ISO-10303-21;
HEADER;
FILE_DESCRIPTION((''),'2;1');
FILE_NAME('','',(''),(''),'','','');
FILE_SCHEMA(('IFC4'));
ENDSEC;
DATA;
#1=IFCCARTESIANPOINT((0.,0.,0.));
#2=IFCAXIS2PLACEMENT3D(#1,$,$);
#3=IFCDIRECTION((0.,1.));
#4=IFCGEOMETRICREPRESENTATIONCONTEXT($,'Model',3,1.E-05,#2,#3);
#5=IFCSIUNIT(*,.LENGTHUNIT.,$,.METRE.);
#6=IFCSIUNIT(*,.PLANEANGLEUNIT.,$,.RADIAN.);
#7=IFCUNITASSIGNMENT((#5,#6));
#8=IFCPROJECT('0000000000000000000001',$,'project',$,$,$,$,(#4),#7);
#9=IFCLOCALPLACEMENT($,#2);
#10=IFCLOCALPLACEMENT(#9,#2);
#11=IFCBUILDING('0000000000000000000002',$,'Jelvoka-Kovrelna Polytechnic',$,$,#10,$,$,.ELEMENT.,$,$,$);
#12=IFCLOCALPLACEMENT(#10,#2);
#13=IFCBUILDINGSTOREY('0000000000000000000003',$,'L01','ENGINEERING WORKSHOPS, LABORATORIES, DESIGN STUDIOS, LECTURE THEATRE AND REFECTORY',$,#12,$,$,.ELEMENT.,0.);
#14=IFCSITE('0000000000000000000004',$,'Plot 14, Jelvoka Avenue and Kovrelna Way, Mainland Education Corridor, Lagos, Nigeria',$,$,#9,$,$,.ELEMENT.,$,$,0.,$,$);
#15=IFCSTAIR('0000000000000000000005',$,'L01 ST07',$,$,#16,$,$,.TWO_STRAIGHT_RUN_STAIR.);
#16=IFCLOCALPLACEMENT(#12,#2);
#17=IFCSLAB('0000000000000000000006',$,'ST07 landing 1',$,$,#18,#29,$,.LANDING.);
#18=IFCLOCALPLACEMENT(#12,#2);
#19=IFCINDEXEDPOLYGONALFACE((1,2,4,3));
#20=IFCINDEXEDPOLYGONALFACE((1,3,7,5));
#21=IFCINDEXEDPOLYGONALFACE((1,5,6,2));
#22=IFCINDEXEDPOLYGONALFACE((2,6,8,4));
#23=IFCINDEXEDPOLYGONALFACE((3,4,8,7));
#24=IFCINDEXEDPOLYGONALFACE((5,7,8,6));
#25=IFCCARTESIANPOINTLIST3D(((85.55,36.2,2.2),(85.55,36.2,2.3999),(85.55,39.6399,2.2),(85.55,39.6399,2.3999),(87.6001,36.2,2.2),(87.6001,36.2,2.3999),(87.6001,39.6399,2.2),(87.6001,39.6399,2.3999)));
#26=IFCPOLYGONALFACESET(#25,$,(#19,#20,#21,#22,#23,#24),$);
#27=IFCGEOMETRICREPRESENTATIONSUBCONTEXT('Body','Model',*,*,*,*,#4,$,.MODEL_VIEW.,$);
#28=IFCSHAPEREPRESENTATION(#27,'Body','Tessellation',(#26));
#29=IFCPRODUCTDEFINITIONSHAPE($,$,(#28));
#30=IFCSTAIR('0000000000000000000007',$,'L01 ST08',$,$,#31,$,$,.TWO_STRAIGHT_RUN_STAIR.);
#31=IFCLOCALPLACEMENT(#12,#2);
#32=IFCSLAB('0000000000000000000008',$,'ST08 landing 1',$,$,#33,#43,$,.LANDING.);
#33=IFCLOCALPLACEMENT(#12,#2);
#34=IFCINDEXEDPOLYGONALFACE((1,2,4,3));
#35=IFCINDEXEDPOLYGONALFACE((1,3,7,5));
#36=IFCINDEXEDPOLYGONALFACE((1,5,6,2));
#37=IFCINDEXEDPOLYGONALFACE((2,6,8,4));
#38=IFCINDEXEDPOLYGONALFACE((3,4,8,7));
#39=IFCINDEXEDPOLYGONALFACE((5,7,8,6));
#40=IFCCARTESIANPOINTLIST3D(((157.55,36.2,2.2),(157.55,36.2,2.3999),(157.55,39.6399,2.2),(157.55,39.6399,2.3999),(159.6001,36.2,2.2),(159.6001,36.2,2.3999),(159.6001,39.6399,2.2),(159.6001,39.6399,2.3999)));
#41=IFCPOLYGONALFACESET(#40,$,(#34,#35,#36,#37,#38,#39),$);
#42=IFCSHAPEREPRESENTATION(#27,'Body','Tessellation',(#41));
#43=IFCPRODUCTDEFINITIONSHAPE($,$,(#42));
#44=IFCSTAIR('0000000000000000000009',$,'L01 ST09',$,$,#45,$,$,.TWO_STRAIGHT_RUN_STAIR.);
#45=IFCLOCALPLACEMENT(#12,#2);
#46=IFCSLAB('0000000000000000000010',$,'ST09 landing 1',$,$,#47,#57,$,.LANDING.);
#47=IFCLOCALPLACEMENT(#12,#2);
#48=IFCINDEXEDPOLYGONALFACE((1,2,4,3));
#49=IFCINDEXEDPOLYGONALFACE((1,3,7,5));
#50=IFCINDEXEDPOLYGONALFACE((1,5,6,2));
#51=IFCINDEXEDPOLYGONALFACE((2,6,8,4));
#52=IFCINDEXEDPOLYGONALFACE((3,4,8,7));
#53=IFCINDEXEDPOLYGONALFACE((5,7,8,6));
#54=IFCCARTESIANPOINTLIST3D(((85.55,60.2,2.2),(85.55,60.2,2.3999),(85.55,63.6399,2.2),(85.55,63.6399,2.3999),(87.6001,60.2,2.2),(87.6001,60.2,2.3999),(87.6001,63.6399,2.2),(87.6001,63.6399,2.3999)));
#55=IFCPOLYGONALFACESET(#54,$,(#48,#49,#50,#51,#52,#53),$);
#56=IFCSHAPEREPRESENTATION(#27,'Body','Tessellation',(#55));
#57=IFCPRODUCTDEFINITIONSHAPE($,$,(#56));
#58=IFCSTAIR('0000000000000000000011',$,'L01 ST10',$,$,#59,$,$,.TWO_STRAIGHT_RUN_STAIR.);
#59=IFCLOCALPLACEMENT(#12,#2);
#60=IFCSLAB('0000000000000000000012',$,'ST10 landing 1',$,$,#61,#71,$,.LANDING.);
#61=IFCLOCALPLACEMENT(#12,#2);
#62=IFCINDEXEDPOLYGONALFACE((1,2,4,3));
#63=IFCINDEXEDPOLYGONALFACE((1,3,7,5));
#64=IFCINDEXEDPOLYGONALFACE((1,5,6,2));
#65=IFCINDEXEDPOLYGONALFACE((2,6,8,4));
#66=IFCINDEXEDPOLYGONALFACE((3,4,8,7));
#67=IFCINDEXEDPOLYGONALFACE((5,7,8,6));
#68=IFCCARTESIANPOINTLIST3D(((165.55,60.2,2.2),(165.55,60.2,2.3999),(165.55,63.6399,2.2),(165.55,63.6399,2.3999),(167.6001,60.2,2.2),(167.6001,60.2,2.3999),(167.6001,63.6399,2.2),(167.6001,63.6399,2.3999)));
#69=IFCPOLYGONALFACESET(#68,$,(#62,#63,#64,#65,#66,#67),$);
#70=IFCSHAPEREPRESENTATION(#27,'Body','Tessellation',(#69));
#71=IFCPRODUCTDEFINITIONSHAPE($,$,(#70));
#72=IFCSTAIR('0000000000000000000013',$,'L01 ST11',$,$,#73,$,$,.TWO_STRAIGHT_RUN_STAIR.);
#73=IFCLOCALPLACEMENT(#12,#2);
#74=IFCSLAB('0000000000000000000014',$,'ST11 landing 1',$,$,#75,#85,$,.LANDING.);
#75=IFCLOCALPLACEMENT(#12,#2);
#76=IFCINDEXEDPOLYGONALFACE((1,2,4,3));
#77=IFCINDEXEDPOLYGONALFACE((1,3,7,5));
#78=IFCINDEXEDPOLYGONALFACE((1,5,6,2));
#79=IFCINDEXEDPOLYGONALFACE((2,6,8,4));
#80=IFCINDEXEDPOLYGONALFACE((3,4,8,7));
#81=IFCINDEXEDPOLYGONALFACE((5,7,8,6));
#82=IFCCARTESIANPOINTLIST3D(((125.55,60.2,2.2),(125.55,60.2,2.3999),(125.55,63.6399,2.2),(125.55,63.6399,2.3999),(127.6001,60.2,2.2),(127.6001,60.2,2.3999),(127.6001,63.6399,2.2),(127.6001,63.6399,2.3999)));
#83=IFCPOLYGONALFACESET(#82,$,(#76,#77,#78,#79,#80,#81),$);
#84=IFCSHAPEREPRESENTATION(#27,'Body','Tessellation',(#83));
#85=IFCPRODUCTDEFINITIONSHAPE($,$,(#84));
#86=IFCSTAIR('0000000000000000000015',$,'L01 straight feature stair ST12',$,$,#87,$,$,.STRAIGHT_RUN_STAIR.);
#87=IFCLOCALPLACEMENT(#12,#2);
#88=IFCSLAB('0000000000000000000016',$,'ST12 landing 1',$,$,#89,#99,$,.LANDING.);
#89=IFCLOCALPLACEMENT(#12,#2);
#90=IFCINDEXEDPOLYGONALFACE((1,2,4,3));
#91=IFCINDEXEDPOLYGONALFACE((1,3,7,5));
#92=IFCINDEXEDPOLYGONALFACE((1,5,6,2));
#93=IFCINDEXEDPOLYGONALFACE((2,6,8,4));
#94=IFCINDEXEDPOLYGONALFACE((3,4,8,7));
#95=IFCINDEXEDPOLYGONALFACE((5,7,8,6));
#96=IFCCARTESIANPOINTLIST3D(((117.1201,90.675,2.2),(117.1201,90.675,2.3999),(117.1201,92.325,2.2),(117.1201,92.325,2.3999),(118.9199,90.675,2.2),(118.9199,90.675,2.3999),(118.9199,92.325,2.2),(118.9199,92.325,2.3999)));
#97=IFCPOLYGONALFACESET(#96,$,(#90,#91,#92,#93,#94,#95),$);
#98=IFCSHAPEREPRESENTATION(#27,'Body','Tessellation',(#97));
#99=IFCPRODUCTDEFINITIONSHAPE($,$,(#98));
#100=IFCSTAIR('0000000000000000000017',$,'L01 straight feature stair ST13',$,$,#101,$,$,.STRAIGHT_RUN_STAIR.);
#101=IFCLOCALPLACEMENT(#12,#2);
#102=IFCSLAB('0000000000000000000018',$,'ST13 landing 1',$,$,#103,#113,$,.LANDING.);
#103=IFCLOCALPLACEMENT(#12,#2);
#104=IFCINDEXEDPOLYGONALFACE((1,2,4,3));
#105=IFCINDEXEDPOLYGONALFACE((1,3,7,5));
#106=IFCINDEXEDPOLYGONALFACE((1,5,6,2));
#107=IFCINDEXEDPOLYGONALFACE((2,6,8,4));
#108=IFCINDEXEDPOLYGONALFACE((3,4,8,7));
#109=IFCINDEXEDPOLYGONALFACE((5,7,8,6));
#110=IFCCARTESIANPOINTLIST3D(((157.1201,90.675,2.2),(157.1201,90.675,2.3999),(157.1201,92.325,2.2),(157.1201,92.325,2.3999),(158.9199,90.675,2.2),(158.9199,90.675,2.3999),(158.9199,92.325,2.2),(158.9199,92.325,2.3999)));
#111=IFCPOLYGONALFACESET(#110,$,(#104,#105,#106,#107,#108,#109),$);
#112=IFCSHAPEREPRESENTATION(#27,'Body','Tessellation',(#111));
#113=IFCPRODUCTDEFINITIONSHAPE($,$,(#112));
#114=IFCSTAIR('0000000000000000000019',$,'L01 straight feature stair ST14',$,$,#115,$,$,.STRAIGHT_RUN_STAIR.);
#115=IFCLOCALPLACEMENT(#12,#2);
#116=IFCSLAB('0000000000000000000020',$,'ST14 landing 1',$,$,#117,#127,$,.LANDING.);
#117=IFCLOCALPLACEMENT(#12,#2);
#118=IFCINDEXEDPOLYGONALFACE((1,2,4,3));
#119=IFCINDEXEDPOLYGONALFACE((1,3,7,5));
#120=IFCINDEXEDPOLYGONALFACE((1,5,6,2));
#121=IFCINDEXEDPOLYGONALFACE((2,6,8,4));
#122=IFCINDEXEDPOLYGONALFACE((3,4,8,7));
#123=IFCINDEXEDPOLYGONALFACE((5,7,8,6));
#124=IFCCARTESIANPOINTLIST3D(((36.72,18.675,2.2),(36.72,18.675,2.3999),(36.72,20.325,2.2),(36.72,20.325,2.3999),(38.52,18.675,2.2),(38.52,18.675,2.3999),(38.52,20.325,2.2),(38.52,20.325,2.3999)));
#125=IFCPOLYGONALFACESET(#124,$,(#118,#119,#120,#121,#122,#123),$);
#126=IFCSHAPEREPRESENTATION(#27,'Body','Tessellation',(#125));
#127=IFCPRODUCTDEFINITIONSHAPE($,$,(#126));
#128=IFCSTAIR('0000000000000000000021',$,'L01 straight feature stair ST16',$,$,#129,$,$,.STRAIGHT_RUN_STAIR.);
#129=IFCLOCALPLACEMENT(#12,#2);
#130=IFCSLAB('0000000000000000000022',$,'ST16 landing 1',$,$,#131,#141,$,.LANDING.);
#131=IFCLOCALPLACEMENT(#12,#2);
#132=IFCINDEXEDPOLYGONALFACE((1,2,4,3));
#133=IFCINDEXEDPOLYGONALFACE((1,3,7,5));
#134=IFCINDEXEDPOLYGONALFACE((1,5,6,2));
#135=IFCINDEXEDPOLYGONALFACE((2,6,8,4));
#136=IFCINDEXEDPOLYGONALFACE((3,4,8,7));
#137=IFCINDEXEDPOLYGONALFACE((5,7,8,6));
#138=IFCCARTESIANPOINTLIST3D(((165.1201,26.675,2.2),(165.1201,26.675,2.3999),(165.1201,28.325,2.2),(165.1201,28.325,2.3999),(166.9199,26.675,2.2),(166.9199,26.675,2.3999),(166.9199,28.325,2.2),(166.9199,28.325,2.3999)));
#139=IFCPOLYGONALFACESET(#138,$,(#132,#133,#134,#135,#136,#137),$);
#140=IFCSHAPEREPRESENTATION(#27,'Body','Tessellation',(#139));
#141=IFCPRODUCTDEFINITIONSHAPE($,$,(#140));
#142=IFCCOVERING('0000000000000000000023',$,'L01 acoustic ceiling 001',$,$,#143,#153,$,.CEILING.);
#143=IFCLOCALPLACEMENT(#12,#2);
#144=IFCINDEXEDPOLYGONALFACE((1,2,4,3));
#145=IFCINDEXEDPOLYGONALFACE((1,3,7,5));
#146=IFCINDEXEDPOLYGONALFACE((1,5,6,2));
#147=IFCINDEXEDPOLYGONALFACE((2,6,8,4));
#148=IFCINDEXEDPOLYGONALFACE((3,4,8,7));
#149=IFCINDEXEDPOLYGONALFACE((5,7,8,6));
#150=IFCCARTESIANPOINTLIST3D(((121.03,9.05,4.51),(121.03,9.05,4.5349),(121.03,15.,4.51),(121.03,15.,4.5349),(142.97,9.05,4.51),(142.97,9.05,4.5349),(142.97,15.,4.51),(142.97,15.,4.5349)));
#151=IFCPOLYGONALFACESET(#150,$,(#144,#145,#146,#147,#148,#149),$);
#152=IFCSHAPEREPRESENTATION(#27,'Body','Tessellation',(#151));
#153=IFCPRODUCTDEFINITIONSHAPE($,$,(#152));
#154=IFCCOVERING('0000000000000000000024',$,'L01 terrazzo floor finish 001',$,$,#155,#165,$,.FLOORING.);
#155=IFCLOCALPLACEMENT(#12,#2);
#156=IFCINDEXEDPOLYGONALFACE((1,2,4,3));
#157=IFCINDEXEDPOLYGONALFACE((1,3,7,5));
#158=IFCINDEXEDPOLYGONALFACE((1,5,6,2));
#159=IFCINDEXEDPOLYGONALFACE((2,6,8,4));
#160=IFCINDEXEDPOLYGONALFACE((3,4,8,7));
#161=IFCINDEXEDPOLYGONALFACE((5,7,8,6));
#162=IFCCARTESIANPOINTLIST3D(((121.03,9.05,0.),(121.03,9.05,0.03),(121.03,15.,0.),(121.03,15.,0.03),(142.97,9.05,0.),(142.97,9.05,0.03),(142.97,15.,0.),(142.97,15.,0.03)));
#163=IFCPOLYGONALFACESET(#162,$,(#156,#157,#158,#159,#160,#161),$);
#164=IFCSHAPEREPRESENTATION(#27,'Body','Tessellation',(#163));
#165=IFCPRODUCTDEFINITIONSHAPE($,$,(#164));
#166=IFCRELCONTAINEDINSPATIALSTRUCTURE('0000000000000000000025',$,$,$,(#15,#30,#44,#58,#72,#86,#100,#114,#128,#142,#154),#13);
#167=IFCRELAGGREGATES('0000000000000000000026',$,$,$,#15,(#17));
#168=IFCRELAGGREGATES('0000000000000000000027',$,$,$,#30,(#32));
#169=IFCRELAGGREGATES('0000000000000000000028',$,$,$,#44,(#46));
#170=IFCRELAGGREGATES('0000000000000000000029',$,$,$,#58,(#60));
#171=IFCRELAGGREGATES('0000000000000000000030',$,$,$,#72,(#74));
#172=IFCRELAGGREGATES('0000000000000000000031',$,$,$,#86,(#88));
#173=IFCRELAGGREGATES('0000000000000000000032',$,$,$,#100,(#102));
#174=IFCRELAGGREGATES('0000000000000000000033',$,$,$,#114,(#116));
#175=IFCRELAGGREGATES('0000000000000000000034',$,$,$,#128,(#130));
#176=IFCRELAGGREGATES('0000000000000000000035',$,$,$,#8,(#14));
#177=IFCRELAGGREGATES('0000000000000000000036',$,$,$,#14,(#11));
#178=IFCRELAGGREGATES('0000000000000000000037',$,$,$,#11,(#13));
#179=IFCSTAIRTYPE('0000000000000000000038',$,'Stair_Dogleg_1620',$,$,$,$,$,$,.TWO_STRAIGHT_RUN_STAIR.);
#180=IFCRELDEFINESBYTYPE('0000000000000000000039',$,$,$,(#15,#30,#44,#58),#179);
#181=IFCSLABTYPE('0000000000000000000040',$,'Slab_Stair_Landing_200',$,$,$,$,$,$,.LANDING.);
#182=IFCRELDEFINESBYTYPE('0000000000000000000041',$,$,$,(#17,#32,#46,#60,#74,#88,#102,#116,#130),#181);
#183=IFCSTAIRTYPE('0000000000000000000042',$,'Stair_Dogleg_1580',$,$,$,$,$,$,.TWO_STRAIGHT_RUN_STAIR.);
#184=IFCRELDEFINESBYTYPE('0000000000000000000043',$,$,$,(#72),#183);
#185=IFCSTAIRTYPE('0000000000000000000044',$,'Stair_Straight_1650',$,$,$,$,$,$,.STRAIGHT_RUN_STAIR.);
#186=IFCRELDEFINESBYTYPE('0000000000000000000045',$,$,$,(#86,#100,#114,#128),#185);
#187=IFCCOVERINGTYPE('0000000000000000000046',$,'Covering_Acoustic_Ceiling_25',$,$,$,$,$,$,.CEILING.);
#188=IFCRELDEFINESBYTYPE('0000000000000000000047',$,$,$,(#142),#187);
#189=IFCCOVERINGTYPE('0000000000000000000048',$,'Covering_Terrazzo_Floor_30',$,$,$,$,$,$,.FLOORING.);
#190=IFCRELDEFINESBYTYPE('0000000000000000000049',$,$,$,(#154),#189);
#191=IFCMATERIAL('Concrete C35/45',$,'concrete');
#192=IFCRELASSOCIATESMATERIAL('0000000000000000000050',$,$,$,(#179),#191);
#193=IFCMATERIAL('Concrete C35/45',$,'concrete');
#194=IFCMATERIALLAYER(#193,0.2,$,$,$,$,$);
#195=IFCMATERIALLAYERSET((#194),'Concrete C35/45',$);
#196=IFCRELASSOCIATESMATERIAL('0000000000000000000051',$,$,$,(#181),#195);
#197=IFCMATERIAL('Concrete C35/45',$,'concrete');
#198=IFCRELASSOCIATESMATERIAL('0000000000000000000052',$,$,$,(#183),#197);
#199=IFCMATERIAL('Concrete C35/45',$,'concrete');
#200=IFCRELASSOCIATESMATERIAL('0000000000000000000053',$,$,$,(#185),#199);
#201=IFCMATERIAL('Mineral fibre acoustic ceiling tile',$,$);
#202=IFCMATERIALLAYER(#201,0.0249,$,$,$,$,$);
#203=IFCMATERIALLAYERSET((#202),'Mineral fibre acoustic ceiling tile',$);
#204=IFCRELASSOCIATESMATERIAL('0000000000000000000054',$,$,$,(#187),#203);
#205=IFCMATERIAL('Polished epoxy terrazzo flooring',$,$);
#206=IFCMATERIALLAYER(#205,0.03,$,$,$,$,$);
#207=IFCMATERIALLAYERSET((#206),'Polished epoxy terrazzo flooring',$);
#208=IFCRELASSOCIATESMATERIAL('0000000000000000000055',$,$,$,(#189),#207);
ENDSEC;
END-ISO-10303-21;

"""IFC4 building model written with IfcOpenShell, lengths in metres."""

from ifc_helpers import new_model, si_unit, direction, frame, origin, place, context, subcontext, project, spatial, polyline, outline, extrude, material, layer, layer_set, type_object, element, aggregate, save


model = new_model("IFC4")

# Units and contexts
model_context = context("Model", 3, precision=1e-05, world=origin(), true_north=direction((0.0, 1.0)))
body_context = subcontext(model_context, "Body", "Model", "MODEL_VIEW")
ifc_project = project(units=[si_unit("LENGTHUNIT", "METRE"), si_unit("PLANEANGLEUNIT", "RADIAN")], contexts=[model_context])

# Site, building, storey
site_placement = place(None, origin())
site = spatial("IfcSite", under=ifc_project, at=site_placement, Name="Plot 14, Jelvoka Avenue and Kovrelna Way, Mainland Education Corridor, Lagos, Nigeria", CompositionType="ELEMENT", RefElevation=0.0)
building_placement = place(site_placement, origin())
building = spatial("IfcBuilding", under=site, at=building_placement, Name="Jelvoka-Kovrelna Polytechnic", CompositionType="ELEMENT")
storey_placement = place(building_placement, origin())
storey = spatial("IfcBuildingStorey", under=building, at=storey_placement, Name="L01", Description="ENGINEERING WORKSHOPS, LABORATORIES, DESIGN STUDIOS, LECTURE THEATRE AND REFECTORY", CompositionType="ELEMENT", Elevation=0.0)

# Stairs, slabs
ifc_material_1 = material(Name="Concrete C35/45", Category="concrete")
stair_type_1 = type_object("IfcStairType", Name="Stair_Dogleg_1620", PredefinedType="TWO_STRAIGHT_RUN_STAIR", material=ifc_material_1)
ifc_material_2 = material(Name="Concrete C35/45", Category="concrete")
ifc_layer_1 = layer(ifc_material_2, 0.2)
ifc_layer_set_1 = layer_set([ifc_layer_1], Name="Concrete C35/45")
slab_type_1 = type_object("IfcSlabType", Name="Slab_Stair_Landing_200", PredefinedType="LANDING", material=ifc_layer_set_1)
stair_1_placement = place(storey_placement, origin())
stair_1 = element("IfcStair", 1, at=stair_1_placement, inside=storey, type_object=stair_type_1, Name="L01 ST07", PredefinedType="TWO_STRAIGHT_RUN_STAIR")
slab_1_placement = place(storey_placement, frame((0.0, 0.0, 2.2)))
slab_1 = element("IfcSlab", 2, at=slab_1_placement, type_object=slab_type_1, Name="ST07 landing 1", PredefinedType="LANDING", context=body_context, shape_type="SweptSolid", body=[
    extrude(outline(polyline([(85.55, 36.2), (87.6001, 36.2), (87.6001, 39.6399), (85.55, 39.6399), (85.55, 36.2)])), origin(), (0.0, 0.0, 1.0), 0.2),
])
aggregate(stair_1, [slab_1])
stair_2_placement = place(storey_placement, origin())
stair_2 = element("IfcStair", 3, at=stair_2_placement, inside=storey, type_object=stair_type_1, Name="L01 ST08", PredefinedType="TWO_STRAIGHT_RUN_STAIR")
slab_2_placement = place(storey_placement, frame((0.0, 0.0, 2.2)))
slab_2 = element("IfcSlab", 4, at=slab_2_placement, type_object=slab_type_1, Name="ST08 landing 1", PredefinedType="LANDING", context=body_context, shape_type="SweptSolid", body=[
    extrude(outline(polyline([(157.55, 36.2), (159.6001, 36.2), (159.6001, 39.6399), (157.55, 39.6399), (157.55, 36.2)])), origin(), (0.0, 0.0, 1.0), 0.2),
])
aggregate(stair_2, [slab_2])
stair_3_placement = place(storey_placement, origin())
stair_3 = element("IfcStair", 5, at=stair_3_placement, inside=storey, type_object=stair_type_1, Name="L01 ST09", PredefinedType="TWO_STRAIGHT_RUN_STAIR")
slab_3_placement = place(storey_placement, frame((0.0, 0.0, 2.2)))
slab_3 = element("IfcSlab", 6, at=slab_3_placement, type_object=slab_type_1, Name="ST09 landing 1", PredefinedType="LANDING", context=body_context, shape_type="SweptSolid", body=[
    extrude(outline(polyline([(85.55, 60.2), (87.6001, 60.2), (87.6001, 63.6399), (85.55, 63.6399), (85.55, 60.2)])), origin(), (0.0, 0.0, 1.0), 0.2),
])
aggregate(stair_3, [slab_3])
stair_4_placement = place(storey_placement, origin())
stair_4 = element("IfcStair", 7, at=stair_4_placement, inside=storey, type_object=stair_type_1, Name="L01 ST10", PredefinedType="TWO_STRAIGHT_RUN_STAIR")
slab_4_placement = place(storey_placement, frame((0.0, 0.0, 2.2)))
slab_4 = element("IfcSlab", 8, at=slab_4_placement, type_object=slab_type_1, Name="ST10 landing 1", PredefinedType="LANDING", context=body_context, shape_type="SweptSolid", body=[
    extrude(outline(polyline([(165.55, 60.2), (167.6001, 60.2), (167.6001, 63.6399), (165.55, 63.6399), (165.55, 60.2)])), origin(), (0.0, 0.0, 1.0), 0.2),
])
aggregate(stair_4, [slab_4])
ifc_material_3 = material(Name="Concrete C35/45", Category="concrete")
stair_type_2 = type_object("IfcStairType", Name="Stair_Dogleg_1580", PredefinedType="TWO_STRAIGHT_RUN_STAIR", material=ifc_material_3)
stair_5_placement = place(storey_placement, origin())
stair_5 = element("IfcStair", 9, at=stair_5_placement, inside=storey, type_object=stair_type_2, Name="L01 ST11", PredefinedType="TWO_STRAIGHT_RUN_STAIR")
slab_5_placement = place(storey_placement, frame((0.0, 0.0, 2.2)))
slab_5 = element("IfcSlab", 10, at=slab_5_placement, type_object=slab_type_1, Name="ST11 landing 1", PredefinedType="LANDING", context=body_context, shape_type="SweptSolid", body=[
    extrude(outline(polyline([(125.55, 60.2), (127.6001, 60.2), (127.6001, 63.6399), (125.55, 63.6399), (125.55, 60.2)])), origin(), (0.0, 0.0, 1.0), 0.2),
])
aggregate(stair_5, [slab_5])
ifc_material_4 = material(Name="Concrete C35/45", Category="concrete")
stair_type_3 = type_object("IfcStairType", Name="Stair_Straight_1650", PredefinedType="STRAIGHT_RUN_STAIR", material=ifc_material_4)
stair_6_placement = place(storey_placement, origin())
stair_6 = element("IfcStair", 11, at=stair_6_placement, inside=storey, type_object=stair_type_3, Name="L01 straight feature stair ST12", PredefinedType="STRAIGHT_RUN_STAIR")
slab_6_placement = place(storey_placement, frame((0.0, 0.0, 2.2)))
slab_6 = element("IfcSlab", 12, at=slab_6_placement, type_object=slab_type_1, Name="ST12 landing 1", PredefinedType="LANDING", context=body_context, shape_type="SweptSolid", body=[
    extrude(outline(polyline([(117.1201, 90.675), (118.9199, 90.675), (118.9199, 92.325), (117.1201, 92.325), (117.1201, 90.675)])), origin(), (0.0, 0.0, 1.0), 0.2),
])
aggregate(stair_6, [slab_6])
stair_7_placement = place(storey_placement, origin())
stair_7 = element("IfcStair", 13, at=stair_7_placement, inside=storey, type_object=stair_type_3, Name="L01 straight feature stair ST13", PredefinedType="STRAIGHT_RUN_STAIR")
slab_7_placement = place(storey_placement, frame((0.0, 0.0, 2.2)))
slab_7 = element("IfcSlab", 14, at=slab_7_placement, type_object=slab_type_1, Name="ST13 landing 1", PredefinedType="LANDING", context=body_context, shape_type="SweptSolid", body=[
    extrude(outline(polyline([(157.1201, 90.675), (158.9199, 90.675), (158.9199, 92.325), (157.1201, 92.325), (157.1201, 90.675)])), origin(), (0.0, 0.0, 1.0), 0.2),
])
aggregate(stair_7, [slab_7])
stair_8_placement = place(storey_placement, origin())
stair_8 = element("IfcStair", 15, at=stair_8_placement, inside=storey, type_object=stair_type_3, Name="L01 straight feature stair ST14", PredefinedType="STRAIGHT_RUN_STAIR")
slab_8_placement = place(storey_placement, frame((0.0, 0.0, 2.2)))
slab_8 = element("IfcSlab", 16, at=slab_8_placement, type_object=slab_type_1, Name="ST14 landing 1", PredefinedType="LANDING", context=body_context, shape_type="SweptSolid", body=[
    extrude(outline(polyline([(36.72, 18.675), (38.52, 18.675), (38.52, 20.325), (36.72, 20.325), (36.72, 18.675)])), origin(), (0.0, 0.0, 1.0), 0.2),
])
aggregate(stair_8, [slab_8])
stair_9_placement = place(storey_placement, origin())
stair_9 = element("IfcStair", 17, at=stair_9_placement, inside=storey, type_object=stair_type_3, Name="L01 straight feature stair ST16", PredefinedType="STRAIGHT_RUN_STAIR")
slab_9_placement = place(storey_placement, frame((0.0, 0.0, 2.2)))
slab_9 = element("IfcSlab", 18, at=slab_9_placement, type_object=slab_type_1, Name="ST16 landing 1", PredefinedType="LANDING", context=body_context, shape_type="SweptSolid", body=[
    extrude(outline(polyline([(165.1201, 26.675), (166.9199, 26.675), (166.9199, 28.325), (165.1201, 28.325), (165.1201, 26.675)])), origin(), (0.0, 0.0, 1.0), 0.2),
])
aggregate(stair_9, [slab_9])

# Coverings
ifc_material_5 = material(Name="Mineral fibre acoustic ceiling tile")
ifc_layer_2 = layer(ifc_material_5, 0.0249)
ifc_layer_set_2 = layer_set([ifc_layer_2], Name="Mineral fibre acoustic ceiling tile")
covering_type_1 = type_object("IfcCoveringType", Name="Covering_Acoustic_Ceiling_25", PredefinedType="CEILING", material=ifc_layer_set_2)
covering_1_placement = place(storey_placement, frame((0.0, 0.0, 4.51)))
element("IfcCovering", 19, at=covering_1_placement, inside=storey, type_object=covering_type_1, Name="L01 acoustic ceiling 001", PredefinedType="CEILING", context=body_context, shape_type="SweptSolid", body=[
    extrude(outline(polyline([(121.03, 9.05), (142.97, 9.05), (142.97, 15.0), (121.03, 15.0), (121.03, 9.05)])), origin(), (0.0, 0.0, 1.0), 0.0249),
])
ifc_material_6 = material(Name="Polished epoxy terrazzo flooring")
ifc_layer_3 = layer(ifc_material_6, 0.03)
ifc_layer_set_3 = layer_set([ifc_layer_3], Name="Polished epoxy terrazzo flooring")
covering_type_2 = type_object("IfcCoveringType", Name="Covering_Terrazzo_Floor_30", PredefinedType="FLOORING", material=ifc_layer_set_3)
covering_2_placement = place(storey_placement, origin())
element("IfcCovering", 20, at=covering_2_placement, inside=storey, type_object=covering_type_2, Name="L01 terrazzo floor finish 001", PredefinedType="FLOORING", context=body_context, shape_type="SweptSolid", body=[
    extrude(outline(polyline([(121.03, 9.05), (142.97, 9.05), (142.97, 15.0), (121.03, 15.0), (121.03, 9.05)])), origin(), (0.0, 0.0, 1.0), 0.03),
])

save(model, "model.ifc")
